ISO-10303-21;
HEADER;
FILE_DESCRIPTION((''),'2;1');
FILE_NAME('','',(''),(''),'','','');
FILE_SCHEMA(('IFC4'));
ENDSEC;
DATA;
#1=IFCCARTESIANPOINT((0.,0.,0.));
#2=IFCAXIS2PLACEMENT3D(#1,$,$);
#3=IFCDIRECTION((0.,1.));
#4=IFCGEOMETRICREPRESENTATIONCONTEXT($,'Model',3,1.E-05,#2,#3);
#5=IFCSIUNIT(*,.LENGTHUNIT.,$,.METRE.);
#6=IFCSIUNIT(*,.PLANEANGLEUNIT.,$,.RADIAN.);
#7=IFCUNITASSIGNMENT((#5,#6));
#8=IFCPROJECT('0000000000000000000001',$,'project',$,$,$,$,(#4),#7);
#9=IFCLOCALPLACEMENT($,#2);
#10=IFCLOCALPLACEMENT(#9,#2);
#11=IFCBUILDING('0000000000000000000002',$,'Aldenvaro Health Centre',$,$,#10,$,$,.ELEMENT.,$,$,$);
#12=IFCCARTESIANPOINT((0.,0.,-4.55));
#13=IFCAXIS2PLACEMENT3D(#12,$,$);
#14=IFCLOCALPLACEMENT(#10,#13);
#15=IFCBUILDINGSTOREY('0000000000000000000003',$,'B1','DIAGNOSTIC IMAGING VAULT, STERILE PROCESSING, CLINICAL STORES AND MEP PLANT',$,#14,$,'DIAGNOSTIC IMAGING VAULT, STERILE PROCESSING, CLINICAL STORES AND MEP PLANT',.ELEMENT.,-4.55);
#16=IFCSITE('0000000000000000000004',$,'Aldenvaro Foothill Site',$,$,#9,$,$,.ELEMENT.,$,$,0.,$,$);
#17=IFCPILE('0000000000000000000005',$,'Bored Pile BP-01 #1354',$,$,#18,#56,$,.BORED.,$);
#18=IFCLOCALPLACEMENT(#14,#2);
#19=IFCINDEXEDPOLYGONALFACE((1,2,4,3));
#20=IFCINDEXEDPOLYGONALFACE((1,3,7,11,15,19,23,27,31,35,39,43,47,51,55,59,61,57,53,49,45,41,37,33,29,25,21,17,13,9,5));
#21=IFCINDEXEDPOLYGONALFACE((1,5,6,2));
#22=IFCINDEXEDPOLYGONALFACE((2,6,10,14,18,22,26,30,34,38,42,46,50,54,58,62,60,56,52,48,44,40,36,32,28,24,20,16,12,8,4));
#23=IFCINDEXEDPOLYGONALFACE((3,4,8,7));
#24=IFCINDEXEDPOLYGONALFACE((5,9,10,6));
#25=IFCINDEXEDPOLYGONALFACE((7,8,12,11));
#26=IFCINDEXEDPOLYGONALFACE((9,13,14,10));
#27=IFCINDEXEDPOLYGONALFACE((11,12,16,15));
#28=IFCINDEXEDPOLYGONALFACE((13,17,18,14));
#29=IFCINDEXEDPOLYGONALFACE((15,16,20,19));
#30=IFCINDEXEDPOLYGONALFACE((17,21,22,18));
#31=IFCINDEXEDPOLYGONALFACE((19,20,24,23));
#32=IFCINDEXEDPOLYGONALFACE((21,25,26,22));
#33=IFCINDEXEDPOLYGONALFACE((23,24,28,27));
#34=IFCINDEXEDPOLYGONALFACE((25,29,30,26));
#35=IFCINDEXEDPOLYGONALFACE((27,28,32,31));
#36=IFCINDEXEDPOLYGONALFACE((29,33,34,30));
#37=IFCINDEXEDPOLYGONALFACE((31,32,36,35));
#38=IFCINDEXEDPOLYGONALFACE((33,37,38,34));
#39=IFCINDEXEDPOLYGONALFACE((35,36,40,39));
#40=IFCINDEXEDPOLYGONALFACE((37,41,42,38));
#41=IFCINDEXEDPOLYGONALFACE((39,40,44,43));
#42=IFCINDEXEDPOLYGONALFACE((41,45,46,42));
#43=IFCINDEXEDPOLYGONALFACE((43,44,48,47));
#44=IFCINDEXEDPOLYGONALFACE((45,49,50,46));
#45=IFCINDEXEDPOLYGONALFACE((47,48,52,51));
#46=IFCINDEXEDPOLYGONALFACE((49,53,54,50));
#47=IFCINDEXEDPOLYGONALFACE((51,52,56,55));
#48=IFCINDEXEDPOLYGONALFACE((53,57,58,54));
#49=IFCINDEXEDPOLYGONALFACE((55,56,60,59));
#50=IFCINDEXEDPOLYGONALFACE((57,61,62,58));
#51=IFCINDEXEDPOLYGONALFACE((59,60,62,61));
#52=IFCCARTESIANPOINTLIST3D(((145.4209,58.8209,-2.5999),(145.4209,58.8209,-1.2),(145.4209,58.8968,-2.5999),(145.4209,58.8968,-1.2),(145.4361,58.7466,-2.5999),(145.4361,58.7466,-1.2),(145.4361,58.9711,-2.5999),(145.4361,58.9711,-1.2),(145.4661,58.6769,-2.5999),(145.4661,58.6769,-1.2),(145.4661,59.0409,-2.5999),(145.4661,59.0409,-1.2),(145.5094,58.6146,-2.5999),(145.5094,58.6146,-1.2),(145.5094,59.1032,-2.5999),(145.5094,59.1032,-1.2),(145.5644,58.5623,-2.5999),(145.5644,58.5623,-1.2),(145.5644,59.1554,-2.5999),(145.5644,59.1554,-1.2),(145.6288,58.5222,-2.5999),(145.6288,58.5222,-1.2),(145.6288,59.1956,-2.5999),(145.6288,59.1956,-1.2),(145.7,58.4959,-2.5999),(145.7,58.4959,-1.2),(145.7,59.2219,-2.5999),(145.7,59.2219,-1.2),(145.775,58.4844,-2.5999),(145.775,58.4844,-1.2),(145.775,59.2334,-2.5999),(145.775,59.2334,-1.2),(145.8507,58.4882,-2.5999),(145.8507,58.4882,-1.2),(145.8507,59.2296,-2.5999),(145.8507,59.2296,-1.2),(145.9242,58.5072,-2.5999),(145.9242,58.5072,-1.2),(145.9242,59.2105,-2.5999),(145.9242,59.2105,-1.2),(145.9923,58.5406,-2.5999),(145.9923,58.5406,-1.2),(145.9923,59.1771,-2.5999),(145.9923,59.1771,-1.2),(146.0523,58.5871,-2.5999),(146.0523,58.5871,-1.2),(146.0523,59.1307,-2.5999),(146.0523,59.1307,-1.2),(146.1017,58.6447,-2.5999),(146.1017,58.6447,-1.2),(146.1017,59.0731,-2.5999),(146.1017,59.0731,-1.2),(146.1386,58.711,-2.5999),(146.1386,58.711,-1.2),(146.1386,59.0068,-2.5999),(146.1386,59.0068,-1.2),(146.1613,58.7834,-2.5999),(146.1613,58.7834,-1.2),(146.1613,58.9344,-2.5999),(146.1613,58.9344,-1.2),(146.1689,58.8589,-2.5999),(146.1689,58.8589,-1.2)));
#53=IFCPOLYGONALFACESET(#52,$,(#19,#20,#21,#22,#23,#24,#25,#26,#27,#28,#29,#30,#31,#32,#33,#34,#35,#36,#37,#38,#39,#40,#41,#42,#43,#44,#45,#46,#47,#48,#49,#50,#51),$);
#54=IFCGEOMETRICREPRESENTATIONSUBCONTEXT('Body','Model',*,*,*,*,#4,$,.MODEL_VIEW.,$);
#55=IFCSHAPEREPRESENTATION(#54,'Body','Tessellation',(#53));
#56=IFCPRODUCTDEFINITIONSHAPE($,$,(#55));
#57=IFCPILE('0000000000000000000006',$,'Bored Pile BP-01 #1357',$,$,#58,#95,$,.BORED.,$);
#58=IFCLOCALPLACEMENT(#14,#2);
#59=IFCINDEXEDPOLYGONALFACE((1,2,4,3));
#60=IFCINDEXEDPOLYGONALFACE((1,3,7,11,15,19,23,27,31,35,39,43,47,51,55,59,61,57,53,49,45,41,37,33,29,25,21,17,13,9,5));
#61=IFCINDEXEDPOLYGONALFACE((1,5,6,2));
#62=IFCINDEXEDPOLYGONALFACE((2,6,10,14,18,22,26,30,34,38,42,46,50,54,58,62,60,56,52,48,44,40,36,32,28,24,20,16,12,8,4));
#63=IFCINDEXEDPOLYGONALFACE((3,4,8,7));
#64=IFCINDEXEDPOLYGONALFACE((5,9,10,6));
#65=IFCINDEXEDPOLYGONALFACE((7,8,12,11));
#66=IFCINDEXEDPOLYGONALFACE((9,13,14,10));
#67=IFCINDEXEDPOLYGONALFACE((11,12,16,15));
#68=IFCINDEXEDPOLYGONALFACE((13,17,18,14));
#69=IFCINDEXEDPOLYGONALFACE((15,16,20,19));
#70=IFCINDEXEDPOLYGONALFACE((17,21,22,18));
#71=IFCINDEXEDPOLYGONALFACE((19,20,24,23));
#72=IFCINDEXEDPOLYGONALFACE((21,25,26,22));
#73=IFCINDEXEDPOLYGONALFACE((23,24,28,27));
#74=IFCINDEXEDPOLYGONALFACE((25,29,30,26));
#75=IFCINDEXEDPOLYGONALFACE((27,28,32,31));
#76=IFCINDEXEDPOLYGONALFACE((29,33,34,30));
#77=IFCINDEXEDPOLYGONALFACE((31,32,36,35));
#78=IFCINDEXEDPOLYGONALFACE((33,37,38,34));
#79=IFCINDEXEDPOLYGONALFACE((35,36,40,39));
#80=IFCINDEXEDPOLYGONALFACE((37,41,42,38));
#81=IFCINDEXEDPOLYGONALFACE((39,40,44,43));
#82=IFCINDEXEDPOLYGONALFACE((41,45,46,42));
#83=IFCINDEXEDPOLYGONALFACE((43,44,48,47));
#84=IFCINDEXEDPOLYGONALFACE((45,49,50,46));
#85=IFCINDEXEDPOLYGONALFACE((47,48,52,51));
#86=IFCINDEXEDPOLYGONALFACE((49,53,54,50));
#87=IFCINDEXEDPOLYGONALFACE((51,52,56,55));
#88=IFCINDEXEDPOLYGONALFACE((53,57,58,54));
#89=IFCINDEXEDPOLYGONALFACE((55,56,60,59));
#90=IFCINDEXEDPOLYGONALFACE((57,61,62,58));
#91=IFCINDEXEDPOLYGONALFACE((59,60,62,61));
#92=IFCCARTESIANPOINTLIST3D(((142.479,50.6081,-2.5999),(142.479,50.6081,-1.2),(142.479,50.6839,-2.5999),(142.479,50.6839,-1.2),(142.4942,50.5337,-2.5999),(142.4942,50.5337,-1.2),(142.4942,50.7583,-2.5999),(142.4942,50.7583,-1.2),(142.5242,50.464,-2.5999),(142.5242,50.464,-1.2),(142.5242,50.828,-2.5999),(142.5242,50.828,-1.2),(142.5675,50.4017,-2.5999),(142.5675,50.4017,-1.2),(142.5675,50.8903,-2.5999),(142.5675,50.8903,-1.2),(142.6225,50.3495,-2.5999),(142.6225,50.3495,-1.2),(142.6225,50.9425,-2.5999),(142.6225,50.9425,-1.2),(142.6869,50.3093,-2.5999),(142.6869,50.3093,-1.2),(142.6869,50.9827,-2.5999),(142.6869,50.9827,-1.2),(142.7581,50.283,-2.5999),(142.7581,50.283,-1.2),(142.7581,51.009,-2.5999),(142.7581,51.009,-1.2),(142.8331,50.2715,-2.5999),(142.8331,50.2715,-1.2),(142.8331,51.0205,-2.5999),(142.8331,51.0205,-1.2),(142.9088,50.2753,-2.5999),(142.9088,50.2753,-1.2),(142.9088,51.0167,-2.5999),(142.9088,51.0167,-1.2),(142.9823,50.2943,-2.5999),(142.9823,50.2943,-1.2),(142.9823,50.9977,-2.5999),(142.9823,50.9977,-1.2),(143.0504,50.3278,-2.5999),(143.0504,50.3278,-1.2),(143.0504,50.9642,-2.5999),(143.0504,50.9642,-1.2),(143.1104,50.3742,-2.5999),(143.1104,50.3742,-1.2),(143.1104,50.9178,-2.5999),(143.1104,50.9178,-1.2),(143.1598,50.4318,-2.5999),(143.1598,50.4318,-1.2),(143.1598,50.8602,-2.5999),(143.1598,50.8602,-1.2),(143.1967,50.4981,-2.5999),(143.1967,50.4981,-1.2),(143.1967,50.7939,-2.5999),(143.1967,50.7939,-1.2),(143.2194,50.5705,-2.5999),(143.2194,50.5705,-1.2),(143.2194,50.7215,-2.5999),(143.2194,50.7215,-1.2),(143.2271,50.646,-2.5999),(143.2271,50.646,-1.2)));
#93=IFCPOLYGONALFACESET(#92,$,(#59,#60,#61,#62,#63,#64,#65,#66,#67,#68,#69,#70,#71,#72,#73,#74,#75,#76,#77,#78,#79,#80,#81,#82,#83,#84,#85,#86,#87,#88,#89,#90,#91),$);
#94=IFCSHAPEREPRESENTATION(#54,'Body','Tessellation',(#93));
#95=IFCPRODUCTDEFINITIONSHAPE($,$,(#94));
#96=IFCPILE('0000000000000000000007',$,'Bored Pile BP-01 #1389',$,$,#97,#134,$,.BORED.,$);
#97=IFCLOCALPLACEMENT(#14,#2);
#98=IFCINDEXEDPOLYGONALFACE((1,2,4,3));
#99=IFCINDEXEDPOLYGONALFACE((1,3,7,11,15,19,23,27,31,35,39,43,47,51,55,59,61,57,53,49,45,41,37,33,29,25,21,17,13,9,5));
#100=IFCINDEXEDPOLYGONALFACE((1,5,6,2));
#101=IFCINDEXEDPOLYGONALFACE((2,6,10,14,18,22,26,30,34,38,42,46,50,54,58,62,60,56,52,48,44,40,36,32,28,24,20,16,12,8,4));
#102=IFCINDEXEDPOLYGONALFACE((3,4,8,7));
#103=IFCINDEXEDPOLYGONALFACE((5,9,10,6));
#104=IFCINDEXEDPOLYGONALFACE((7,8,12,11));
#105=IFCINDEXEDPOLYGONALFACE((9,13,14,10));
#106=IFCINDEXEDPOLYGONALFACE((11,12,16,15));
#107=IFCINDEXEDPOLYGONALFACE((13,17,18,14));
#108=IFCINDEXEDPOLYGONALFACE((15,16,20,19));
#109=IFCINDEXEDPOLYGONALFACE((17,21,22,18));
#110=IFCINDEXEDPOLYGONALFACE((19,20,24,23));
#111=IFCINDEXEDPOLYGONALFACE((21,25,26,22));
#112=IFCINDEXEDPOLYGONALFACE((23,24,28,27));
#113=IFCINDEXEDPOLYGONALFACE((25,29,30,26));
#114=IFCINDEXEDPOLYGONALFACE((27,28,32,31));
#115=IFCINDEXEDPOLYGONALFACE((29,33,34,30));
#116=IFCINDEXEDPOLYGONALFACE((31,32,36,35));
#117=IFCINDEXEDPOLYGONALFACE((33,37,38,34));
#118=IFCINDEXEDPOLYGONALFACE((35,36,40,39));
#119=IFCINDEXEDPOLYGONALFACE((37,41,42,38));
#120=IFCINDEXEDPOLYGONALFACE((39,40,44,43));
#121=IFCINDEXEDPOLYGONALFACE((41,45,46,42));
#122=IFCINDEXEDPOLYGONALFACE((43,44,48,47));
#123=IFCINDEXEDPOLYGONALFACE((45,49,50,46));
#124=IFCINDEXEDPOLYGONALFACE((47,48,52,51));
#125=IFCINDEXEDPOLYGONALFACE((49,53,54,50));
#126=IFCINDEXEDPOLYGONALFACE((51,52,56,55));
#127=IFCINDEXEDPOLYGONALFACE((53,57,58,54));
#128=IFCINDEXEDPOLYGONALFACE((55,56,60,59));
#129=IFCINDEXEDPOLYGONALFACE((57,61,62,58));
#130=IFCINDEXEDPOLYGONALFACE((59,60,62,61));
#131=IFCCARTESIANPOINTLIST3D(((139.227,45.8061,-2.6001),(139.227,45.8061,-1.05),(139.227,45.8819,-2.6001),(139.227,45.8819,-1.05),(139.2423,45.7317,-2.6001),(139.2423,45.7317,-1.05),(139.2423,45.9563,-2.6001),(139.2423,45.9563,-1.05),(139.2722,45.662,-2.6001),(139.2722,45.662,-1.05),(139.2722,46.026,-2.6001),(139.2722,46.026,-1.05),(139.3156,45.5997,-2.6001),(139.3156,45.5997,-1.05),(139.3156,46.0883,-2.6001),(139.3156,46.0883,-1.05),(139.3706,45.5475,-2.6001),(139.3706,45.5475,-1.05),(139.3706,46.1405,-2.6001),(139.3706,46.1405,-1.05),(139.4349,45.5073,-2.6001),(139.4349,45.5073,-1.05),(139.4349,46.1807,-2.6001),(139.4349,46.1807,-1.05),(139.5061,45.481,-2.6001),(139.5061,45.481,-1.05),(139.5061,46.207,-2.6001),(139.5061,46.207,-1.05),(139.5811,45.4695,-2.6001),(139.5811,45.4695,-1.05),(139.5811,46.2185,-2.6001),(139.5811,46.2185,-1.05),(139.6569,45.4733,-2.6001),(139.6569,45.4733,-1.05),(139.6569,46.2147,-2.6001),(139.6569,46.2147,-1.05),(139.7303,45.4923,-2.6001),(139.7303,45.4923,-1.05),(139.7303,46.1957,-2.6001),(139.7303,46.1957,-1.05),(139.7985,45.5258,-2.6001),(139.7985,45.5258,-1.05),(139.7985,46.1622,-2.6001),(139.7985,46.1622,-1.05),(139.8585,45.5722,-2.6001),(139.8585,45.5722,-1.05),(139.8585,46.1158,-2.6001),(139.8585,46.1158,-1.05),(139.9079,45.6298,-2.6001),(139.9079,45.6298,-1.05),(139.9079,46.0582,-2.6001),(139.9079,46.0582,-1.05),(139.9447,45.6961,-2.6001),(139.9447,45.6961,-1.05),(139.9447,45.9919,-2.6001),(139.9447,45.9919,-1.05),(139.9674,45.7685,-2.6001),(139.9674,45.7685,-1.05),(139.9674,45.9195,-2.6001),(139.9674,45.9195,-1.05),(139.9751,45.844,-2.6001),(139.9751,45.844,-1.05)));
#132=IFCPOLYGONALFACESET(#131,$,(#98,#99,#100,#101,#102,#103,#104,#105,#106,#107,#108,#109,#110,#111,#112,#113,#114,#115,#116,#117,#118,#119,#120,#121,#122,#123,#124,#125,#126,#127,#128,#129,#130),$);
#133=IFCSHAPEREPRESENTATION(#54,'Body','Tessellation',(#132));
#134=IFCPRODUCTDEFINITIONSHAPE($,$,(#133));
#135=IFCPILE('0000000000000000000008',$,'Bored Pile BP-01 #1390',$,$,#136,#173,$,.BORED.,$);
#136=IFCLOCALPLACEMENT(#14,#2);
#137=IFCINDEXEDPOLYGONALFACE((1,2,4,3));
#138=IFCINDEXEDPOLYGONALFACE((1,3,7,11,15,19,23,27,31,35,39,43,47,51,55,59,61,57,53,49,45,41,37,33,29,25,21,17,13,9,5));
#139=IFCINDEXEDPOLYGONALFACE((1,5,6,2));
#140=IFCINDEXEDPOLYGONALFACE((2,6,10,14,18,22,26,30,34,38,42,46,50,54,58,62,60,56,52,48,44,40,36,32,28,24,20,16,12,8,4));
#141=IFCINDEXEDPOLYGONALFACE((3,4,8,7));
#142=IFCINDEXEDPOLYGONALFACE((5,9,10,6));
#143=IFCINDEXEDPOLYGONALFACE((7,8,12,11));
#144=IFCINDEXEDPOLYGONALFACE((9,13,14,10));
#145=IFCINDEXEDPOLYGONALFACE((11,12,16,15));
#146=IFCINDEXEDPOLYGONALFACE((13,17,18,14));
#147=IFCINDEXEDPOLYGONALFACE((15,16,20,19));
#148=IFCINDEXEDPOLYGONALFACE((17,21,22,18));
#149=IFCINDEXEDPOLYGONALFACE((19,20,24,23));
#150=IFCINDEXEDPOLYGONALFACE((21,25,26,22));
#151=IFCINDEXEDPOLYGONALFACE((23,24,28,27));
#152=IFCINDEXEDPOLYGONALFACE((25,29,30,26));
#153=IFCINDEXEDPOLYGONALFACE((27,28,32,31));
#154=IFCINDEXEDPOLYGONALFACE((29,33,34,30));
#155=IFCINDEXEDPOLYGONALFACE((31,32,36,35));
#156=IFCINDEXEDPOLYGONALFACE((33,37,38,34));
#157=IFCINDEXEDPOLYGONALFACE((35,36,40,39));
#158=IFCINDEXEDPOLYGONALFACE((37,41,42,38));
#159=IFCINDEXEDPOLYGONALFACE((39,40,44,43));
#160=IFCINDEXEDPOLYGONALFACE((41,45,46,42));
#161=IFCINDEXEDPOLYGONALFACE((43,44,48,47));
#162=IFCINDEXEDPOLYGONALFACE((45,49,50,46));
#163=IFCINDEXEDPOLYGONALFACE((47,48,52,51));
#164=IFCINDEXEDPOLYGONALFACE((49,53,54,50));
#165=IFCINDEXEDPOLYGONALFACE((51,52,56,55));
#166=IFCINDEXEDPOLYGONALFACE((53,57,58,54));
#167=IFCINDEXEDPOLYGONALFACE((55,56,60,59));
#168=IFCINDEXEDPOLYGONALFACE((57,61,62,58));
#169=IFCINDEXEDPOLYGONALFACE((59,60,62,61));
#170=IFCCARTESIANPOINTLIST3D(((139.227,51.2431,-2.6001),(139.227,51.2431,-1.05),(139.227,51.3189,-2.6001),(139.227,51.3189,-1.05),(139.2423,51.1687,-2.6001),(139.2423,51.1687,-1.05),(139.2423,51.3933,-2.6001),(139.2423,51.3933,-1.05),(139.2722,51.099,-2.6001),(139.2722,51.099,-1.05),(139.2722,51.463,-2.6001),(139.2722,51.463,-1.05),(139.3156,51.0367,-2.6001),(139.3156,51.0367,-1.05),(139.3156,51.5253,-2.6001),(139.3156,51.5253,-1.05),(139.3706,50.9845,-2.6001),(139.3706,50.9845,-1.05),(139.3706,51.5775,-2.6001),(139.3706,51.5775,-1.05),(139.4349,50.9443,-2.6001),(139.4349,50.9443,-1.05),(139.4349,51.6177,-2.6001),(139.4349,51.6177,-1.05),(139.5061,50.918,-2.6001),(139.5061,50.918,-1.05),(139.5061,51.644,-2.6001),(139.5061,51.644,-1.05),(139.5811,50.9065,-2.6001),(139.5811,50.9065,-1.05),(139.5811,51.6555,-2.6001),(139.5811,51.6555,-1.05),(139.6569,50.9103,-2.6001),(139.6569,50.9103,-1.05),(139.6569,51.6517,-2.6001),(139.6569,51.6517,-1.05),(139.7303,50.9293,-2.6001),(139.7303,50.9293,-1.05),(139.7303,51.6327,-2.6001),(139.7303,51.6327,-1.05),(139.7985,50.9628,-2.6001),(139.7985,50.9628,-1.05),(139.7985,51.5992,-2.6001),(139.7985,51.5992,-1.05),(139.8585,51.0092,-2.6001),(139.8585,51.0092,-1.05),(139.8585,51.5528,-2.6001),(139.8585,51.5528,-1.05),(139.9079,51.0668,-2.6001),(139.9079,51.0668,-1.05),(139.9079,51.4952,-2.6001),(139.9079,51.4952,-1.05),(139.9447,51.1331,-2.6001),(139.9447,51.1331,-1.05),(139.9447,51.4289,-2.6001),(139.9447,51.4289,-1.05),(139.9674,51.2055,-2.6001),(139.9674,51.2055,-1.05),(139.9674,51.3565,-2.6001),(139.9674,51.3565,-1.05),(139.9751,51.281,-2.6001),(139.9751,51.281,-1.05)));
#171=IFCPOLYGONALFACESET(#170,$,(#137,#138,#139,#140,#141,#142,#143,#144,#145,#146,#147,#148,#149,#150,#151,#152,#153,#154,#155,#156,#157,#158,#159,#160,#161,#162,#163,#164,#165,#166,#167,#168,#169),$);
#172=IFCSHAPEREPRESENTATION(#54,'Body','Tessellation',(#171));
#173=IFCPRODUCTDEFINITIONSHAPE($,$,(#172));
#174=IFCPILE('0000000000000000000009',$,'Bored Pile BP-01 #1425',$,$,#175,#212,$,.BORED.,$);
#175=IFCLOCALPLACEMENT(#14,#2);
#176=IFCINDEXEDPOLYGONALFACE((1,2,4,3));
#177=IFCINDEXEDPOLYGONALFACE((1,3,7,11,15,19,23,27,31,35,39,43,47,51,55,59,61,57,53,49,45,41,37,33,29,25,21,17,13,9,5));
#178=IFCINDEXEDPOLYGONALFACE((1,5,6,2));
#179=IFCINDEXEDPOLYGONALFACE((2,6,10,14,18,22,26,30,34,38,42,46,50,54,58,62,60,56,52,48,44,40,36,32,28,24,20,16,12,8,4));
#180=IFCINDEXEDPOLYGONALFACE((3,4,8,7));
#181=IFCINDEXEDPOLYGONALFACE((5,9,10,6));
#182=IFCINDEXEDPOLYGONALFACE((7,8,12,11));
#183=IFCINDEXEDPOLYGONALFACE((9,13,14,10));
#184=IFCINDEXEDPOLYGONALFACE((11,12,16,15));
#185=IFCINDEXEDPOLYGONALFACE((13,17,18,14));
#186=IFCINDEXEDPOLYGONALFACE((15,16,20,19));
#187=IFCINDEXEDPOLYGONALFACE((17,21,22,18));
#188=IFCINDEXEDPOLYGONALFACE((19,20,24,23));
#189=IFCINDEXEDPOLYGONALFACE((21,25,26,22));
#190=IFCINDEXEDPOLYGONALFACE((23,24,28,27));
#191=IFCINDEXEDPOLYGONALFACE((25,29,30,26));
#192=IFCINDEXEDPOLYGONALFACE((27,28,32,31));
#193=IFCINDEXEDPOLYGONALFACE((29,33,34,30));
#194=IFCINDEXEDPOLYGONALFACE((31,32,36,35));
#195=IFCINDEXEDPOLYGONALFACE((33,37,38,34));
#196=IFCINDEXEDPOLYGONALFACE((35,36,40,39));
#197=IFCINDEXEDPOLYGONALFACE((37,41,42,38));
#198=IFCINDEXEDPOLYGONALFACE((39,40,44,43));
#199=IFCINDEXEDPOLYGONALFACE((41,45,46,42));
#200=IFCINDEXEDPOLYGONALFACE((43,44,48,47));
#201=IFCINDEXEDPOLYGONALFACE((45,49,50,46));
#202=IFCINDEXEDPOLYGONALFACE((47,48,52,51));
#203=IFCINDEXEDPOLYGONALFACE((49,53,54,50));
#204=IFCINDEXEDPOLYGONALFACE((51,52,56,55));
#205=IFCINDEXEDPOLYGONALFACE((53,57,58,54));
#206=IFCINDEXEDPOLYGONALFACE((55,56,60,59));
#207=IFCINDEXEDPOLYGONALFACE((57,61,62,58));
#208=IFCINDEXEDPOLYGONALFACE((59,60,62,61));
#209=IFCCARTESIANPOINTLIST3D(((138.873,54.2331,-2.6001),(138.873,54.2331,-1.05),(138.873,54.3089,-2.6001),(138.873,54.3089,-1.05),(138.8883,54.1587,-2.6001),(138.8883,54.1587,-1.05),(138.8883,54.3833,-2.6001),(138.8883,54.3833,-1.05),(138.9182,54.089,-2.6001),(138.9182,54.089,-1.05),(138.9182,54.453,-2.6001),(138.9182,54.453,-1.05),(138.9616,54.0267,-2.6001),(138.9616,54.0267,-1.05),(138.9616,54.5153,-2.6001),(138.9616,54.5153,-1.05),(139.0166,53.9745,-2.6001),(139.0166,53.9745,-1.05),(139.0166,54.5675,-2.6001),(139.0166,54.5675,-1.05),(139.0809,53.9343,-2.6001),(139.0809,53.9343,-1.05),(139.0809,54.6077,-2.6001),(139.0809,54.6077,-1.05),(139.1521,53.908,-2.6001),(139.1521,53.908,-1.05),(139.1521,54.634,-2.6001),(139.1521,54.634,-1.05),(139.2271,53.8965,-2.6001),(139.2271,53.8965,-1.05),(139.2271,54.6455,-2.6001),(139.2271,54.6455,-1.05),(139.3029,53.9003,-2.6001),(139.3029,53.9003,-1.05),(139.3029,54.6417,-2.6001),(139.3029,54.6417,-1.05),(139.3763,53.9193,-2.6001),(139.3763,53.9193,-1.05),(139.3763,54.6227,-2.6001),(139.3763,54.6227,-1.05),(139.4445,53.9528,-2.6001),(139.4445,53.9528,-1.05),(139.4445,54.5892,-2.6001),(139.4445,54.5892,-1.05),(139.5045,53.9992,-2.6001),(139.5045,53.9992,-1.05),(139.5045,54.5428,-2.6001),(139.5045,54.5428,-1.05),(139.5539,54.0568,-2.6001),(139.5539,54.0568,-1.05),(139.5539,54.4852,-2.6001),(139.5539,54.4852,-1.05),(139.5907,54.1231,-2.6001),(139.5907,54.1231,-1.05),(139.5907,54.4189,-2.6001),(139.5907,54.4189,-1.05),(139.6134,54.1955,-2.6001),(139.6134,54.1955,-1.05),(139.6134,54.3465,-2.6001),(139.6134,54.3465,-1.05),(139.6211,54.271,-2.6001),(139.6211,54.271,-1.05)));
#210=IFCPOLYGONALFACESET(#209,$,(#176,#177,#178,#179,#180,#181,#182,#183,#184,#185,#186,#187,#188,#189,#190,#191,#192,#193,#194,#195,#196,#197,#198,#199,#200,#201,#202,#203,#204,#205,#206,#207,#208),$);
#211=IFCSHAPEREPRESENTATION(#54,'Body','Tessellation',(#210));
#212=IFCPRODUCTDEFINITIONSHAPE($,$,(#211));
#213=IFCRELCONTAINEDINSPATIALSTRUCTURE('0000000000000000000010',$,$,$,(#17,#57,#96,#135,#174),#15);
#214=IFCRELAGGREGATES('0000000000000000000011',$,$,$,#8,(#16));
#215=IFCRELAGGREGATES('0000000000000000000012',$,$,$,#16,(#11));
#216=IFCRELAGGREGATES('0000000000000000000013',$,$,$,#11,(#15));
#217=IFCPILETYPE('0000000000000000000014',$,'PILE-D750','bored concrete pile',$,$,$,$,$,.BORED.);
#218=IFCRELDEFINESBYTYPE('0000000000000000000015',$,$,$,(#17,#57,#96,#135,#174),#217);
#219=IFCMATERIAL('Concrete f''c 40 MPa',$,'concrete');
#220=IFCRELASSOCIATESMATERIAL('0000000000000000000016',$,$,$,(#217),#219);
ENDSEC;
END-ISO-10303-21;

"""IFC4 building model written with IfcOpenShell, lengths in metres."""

from ifc_helpers import new_model, si_unit, direction, frame, origin, origin_2d, place, context, subcontext, project, spatial, circle, extrude, material, material_profile, profile_set, type_object, element, save


model = new_model("IFC4")

# Units and contexts
model_context = context("Model", 3, precision=1e-05, world=origin(), true_north=direction((0.0, 1.0)))
body_context = subcontext(model_context, "Body", "Model", "MODEL_VIEW")
ifc_project = project(units=[si_unit("LENGTHUNIT", "METRE"), si_unit("PLANEANGLEUNIT", "RADIAN")], contexts=[model_context])

# Site, building, storey
site_placement = place(None, origin())
site = spatial("IfcSite", under=ifc_project, at=site_placement, Name="Aldenvaro Foothill Site", CompositionType="ELEMENT", RefElevation=0.0)
building_placement = place(site_placement, origin())
building = spatial("IfcBuilding", under=site, at=building_placement, Name="Aldenvaro Health Centre", CompositionType="ELEMENT")
storey_placement = place(building_placement, frame((0.0, 0.0, -4.55)))
storey = spatial("IfcBuildingStorey", under=building, at=storey_placement, Name="B1", Description="DIAGNOSTIC IMAGING VAULT, STERILE PROCESSING, CLINICAL STORES AND MEP PLANT", LongName="DIAGNOSTIC IMAGING VAULT, STERILE PROCESSING, CLINICAL STORES AND MEP PLANT", CompositionType="ELEMENT", Elevation=-4.55)

# Shared definitions
ifc_material_1 = material(Name="Concrete f'c 40 MPa", Category="concrete")

# Piles
ifc_material_profile_1 = material_profile(ifc_material_1, circle(Radius=0.375, at=origin_2d()), Name="PILE D750", Category="concrete")
ifc_profile_set_1 = profile_set([ifc_material_profile_1], Name="Concrete f'c 40 MPa")
pile_type_1 = type_object("IfcPileType", Name="PILE-D750", Description="bored concrete pile", PredefinedType="BORED", material=ifc_profile_set_1)
for number, where, z_axis, x_axis, name in (
    (1, (145.7939, 58.8589, -1.2), (0.0, 0.0, -1.0), (1.0, 0.0, 0.0), "Bored Pile BP-01 #1354"),
    (2, (142.8521, 50.646, -1.2), (0.0, 0.0, -1.0), (1.0, 0.0, 0.0), "Bored Pile BP-01 #1357"),
):
    element("IfcPile", number, at=place(storey_placement, frame(where, z_axis=z_axis, x_axis=x_axis)), inside=storey, type_object=pile_type_1, Name=name, PredefinedType="BORED", context=body_context, shape_type="SweptSolid", body=[
        extrude(circle(Radius=0.375, at=origin_2d()), origin(), (0.0, 0.0, 1.0), 1.3999),
    ])
for number, where, z_axis, x_axis, name in (
    (3, (139.6001, 45.844, -1.05), (0.0, 0.0, -1.0), (1.0, 0.0, 0.0), "Bored Pile BP-01 #1389"),
    (4, (139.6001, 51.281, -1.05), (0.0, 0.0, -1.0), (1.0, 0.0, 0.0), "Bored Pile BP-01 #1390"),
    (5, (139.2461, 54.271, -1.05), (0.0, 0.0, -1.0), (1.0, 0.0, 0.0), "Bored Pile BP-01 #1425"),
):
    element("IfcPile", number, at=place(storey_placement, frame(where, z_axis=z_axis, x_axis=x_axis)), inside=storey, type_object=pile_type_1, Name=name, PredefinedType="BORED", context=body_context, shape_type="SweptSolid", body=[
        extrude(circle(Radius=0.375, at=origin_2d()), origin(), (0.0, 0.0, 1.0), 1.55),
    ])

save(model, "model.ifc")
